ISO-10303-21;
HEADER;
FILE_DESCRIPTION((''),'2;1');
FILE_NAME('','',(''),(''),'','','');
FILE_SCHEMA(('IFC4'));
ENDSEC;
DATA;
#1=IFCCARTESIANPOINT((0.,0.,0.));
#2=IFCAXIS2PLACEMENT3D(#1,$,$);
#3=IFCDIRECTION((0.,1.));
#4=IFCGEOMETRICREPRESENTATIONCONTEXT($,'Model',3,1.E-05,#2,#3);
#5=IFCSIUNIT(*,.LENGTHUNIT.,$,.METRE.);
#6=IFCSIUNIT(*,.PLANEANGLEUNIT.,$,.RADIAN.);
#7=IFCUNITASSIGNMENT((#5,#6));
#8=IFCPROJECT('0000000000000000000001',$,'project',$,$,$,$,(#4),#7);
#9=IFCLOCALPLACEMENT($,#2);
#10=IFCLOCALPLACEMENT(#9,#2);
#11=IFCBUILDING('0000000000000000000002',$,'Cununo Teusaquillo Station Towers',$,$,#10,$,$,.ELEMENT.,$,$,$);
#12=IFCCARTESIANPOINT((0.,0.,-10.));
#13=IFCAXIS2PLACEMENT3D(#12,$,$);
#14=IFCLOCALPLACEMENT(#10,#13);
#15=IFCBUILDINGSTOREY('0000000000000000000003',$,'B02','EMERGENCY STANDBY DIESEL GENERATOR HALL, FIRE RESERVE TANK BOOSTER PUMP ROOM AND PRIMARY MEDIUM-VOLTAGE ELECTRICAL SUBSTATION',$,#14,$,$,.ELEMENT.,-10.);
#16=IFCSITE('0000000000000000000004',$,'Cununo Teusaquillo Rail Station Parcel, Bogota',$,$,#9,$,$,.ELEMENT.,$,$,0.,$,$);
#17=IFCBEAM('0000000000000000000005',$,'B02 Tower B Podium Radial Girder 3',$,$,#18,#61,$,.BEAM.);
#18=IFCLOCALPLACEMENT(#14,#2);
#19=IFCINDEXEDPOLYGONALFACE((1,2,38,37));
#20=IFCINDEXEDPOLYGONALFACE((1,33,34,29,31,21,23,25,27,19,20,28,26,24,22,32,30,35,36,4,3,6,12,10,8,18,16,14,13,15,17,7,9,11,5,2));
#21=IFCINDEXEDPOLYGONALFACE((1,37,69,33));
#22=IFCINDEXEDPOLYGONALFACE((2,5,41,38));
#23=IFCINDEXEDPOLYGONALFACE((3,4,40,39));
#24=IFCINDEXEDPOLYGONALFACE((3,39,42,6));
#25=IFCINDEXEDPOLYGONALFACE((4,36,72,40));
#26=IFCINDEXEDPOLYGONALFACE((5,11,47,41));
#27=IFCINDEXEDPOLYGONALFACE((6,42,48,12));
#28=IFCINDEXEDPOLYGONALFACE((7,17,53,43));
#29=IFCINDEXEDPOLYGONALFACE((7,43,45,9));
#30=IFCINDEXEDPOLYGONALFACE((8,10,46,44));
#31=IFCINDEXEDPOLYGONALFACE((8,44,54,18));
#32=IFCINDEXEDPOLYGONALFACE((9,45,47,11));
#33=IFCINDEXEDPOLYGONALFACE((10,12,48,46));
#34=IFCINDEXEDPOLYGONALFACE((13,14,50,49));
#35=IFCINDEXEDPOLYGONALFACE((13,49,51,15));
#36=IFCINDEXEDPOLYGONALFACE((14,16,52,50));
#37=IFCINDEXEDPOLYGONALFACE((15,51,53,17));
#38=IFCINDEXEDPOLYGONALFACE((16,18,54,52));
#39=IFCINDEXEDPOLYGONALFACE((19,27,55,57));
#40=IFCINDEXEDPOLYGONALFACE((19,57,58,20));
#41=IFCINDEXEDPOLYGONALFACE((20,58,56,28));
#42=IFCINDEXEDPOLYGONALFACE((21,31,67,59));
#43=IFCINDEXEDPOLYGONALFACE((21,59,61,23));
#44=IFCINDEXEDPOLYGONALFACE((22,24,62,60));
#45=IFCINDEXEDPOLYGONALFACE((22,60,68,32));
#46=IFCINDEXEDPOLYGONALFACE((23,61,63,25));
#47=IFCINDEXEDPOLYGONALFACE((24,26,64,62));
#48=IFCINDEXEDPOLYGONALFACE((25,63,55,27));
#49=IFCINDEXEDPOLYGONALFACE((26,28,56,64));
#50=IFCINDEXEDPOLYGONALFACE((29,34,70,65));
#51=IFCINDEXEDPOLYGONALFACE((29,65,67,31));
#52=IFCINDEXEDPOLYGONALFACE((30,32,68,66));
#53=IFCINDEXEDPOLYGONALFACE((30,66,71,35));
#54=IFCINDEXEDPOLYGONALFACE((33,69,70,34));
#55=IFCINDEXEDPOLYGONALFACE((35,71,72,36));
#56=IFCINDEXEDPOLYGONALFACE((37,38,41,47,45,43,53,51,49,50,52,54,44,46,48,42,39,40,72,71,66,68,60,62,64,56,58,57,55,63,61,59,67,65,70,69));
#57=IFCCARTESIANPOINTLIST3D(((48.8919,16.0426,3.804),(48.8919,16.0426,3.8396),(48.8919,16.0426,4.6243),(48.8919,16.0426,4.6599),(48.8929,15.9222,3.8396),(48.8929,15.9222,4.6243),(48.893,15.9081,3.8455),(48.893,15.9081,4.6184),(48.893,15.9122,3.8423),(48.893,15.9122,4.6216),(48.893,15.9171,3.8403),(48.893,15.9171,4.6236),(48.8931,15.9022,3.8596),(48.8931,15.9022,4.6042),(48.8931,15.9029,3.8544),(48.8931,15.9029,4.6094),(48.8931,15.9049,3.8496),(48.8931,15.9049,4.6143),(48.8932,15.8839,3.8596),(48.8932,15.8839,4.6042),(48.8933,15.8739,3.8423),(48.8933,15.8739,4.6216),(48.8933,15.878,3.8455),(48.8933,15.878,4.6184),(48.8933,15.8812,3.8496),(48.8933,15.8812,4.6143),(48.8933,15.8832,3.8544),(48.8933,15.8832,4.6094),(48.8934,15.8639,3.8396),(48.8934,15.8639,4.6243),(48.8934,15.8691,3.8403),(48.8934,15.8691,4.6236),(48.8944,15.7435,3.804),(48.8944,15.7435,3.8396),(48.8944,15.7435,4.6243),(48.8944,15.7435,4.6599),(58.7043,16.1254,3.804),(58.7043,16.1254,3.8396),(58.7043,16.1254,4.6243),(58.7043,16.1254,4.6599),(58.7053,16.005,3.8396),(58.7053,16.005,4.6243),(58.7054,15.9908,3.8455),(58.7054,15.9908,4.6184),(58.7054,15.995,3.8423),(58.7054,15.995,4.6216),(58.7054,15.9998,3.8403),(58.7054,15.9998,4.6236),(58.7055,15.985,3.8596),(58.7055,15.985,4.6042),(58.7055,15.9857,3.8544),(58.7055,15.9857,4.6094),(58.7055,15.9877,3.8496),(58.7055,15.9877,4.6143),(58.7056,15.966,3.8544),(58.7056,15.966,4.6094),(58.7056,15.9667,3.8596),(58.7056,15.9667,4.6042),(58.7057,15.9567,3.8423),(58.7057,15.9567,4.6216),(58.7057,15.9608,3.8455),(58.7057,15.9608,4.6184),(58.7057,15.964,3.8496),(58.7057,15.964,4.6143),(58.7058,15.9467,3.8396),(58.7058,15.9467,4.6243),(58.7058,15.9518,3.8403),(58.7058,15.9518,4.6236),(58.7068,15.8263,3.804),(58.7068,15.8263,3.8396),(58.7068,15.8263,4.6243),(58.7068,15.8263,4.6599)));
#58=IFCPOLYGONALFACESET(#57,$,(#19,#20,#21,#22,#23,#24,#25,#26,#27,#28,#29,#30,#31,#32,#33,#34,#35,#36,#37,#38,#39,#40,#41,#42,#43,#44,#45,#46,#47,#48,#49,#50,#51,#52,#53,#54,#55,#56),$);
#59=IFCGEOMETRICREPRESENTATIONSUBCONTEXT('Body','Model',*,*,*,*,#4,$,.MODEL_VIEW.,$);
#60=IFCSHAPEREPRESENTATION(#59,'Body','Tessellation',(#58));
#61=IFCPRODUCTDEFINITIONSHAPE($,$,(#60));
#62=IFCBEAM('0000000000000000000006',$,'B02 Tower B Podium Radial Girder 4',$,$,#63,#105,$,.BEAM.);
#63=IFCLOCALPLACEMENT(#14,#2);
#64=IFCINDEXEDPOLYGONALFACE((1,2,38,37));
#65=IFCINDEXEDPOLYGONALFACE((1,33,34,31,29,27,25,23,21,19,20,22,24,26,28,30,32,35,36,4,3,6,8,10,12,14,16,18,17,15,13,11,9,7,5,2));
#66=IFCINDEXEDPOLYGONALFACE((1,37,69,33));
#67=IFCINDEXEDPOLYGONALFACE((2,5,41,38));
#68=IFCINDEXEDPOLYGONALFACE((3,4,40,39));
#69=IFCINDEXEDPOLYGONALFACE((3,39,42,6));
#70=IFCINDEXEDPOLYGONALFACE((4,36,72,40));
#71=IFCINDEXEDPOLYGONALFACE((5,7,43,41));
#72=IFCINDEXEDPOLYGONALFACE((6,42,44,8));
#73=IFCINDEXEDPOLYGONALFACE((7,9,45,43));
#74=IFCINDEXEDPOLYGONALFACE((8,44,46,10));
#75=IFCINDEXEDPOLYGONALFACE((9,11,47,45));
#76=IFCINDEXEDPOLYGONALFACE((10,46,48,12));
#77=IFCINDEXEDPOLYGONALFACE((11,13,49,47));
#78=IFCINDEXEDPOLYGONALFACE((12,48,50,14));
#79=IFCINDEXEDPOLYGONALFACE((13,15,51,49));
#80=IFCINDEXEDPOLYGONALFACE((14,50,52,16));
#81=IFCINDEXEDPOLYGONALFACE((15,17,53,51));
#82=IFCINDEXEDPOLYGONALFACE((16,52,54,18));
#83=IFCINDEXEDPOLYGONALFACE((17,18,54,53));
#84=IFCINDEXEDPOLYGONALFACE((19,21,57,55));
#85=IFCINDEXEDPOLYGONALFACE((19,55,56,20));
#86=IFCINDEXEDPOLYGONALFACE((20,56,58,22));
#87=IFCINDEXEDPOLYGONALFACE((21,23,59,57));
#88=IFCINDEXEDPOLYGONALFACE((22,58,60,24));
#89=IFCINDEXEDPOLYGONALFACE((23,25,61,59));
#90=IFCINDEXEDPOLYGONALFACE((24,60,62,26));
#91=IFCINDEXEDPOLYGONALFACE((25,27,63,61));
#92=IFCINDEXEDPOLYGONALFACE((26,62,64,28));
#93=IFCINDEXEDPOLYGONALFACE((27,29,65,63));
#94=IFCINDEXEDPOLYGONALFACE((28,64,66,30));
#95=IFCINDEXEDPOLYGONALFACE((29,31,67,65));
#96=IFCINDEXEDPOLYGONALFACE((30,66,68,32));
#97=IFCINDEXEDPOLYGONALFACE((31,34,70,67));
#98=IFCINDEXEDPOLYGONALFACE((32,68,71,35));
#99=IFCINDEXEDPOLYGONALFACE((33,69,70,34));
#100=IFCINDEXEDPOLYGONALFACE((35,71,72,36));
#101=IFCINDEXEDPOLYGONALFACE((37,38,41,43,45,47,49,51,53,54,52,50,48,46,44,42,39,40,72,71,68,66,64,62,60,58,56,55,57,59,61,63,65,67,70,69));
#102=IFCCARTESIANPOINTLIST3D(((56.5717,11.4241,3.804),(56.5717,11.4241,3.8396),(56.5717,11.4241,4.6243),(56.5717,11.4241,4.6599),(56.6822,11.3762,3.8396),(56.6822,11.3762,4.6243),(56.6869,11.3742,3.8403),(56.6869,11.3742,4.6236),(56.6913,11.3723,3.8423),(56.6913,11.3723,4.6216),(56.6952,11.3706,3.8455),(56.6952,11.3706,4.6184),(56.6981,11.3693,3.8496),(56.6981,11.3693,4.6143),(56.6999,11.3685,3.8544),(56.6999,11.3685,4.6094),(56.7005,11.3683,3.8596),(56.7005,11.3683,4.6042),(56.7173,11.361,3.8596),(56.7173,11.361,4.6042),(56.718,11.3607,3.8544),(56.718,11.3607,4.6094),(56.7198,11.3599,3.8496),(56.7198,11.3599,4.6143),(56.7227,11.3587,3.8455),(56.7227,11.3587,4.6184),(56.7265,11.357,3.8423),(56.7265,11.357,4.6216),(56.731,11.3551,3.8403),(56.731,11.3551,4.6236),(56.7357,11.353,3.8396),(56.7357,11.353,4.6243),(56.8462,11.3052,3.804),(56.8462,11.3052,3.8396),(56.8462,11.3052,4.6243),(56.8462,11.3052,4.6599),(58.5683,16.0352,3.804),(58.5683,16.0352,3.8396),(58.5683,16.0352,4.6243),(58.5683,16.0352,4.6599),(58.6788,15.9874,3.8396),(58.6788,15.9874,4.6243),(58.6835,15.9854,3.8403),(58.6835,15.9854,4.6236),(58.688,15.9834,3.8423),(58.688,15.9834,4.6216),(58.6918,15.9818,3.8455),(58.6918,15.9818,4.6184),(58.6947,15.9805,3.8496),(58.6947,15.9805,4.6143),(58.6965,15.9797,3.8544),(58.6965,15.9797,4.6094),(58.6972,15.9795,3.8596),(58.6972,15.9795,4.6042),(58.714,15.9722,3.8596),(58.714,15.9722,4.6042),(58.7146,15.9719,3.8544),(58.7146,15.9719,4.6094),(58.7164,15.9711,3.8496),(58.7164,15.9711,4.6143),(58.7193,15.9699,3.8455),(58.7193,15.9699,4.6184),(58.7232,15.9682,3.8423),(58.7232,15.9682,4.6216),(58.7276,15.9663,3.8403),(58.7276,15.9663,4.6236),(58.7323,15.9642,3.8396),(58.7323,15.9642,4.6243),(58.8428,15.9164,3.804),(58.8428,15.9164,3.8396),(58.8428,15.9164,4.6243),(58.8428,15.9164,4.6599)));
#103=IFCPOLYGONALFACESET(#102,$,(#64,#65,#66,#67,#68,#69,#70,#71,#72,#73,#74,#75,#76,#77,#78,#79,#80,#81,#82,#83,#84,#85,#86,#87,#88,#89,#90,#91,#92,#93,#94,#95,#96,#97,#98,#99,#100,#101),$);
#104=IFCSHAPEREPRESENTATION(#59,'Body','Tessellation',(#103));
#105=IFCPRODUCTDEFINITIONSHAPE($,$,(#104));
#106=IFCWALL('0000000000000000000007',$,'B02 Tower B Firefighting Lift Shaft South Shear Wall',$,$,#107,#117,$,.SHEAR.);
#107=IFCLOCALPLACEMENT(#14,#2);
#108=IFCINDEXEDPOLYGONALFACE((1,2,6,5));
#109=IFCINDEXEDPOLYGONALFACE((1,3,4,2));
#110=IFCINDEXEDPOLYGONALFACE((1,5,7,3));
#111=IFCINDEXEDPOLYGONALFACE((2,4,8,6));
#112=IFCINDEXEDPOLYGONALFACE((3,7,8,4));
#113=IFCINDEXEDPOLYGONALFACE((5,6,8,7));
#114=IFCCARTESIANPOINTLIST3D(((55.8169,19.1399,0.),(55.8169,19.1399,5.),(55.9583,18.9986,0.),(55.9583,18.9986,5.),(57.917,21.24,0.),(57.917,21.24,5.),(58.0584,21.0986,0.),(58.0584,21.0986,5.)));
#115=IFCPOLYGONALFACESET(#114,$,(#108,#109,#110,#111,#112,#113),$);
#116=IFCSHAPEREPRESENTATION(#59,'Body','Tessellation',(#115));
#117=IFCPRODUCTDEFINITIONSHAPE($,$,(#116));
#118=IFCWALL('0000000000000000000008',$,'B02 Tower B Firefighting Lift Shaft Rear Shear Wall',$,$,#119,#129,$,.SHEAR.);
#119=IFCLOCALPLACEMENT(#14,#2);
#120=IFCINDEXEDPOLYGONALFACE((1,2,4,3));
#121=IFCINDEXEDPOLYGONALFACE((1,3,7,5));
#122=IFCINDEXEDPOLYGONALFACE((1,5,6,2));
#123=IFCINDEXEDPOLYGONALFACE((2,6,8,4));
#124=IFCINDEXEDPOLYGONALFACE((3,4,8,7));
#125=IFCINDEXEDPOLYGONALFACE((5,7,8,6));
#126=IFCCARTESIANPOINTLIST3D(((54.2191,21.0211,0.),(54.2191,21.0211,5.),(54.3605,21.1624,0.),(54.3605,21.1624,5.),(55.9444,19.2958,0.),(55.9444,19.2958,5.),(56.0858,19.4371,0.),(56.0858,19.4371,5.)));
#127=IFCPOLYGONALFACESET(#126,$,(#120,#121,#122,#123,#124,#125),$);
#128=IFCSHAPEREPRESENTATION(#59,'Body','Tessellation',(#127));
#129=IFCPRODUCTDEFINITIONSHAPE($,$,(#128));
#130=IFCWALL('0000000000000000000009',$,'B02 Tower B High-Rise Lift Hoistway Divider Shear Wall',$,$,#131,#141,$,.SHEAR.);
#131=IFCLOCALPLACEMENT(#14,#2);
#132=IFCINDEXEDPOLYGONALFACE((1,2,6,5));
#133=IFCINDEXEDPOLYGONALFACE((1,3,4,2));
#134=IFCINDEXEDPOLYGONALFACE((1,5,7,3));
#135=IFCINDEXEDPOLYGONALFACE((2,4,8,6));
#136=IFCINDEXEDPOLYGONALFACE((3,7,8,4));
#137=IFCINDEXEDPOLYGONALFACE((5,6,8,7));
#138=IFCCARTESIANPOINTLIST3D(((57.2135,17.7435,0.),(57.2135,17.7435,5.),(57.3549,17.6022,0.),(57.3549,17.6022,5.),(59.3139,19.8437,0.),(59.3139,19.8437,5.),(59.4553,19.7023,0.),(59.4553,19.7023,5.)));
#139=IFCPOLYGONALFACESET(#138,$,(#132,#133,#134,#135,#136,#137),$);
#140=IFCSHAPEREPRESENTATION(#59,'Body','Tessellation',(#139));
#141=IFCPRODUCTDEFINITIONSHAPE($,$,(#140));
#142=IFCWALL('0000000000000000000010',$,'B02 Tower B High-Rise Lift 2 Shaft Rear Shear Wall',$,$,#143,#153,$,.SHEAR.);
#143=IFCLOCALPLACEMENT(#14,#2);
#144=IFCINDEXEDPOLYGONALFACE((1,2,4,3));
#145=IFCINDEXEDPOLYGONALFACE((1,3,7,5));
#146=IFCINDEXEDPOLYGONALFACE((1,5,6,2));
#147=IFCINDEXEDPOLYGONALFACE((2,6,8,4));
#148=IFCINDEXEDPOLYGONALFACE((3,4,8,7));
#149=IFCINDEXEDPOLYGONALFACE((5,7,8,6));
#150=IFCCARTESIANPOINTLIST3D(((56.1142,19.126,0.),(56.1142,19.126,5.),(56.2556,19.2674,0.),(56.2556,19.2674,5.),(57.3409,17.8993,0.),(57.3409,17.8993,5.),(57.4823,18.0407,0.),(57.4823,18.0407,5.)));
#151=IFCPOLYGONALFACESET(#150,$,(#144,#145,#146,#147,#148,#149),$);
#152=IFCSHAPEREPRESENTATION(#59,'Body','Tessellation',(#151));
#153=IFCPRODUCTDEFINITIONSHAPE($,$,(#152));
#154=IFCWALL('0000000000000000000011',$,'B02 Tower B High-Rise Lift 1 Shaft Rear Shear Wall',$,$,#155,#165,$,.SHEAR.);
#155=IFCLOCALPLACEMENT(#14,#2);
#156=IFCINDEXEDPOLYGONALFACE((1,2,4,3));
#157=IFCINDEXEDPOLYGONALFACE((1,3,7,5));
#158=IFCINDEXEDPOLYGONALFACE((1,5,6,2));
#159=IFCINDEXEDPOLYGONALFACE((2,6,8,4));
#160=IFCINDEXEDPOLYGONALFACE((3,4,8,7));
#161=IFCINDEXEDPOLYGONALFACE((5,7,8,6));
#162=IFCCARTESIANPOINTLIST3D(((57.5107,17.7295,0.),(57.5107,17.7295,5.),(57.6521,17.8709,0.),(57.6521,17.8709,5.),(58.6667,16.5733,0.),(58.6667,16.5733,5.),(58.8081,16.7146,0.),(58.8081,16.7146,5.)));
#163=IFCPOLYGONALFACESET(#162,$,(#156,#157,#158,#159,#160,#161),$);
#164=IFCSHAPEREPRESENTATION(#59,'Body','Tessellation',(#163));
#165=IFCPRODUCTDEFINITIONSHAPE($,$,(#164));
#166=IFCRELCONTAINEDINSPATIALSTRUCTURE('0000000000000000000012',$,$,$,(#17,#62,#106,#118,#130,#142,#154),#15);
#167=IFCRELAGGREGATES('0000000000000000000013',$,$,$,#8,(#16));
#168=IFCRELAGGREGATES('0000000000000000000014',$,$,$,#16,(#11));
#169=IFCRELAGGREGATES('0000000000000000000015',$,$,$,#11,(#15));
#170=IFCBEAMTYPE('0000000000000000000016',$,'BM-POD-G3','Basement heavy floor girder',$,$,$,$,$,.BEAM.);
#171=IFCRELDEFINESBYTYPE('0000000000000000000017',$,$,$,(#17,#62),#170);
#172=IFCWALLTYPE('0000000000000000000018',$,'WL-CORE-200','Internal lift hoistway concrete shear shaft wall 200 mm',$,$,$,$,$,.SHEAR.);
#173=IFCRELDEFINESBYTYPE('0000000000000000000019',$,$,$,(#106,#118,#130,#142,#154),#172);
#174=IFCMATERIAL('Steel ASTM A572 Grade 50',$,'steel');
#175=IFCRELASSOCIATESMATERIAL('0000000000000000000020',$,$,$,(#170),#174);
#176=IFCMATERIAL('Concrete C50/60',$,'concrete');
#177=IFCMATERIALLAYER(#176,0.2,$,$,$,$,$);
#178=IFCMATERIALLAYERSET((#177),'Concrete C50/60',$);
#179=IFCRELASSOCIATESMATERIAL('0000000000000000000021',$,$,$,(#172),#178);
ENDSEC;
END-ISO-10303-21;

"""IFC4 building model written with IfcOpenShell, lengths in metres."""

from ifc_helpers import new_model, si_unit, direction, frame, frame_2d, origin, origin_2d, place, context, subcontext, project, spatial, rectangle, i_section, extrude, material, layer, layer_set, material_profile, profile_set, type_object, element, save


model = new_model("IFC4")

# Units and contexts
model_context = context("Model", 3, precision=1e-05, world=origin(), true_north=direction((0.0, 1.0)))
body_context = subcontext(model_context, "Body", "Model", "MODEL_VIEW")
ifc_project = project(units=[si_unit("LENGTHUNIT", "METRE"), si_unit("PLANEANGLEUNIT", "RADIAN")], contexts=[model_context])

# Site, building, storey
site_placement = place(None, origin())
site = spatial("IfcSite", under=ifc_project, at=site_placement, Name="Cununo Teusaquillo Rail Station Parcel, Bogota", CompositionType="ELEMENT", RefElevation=0.0)
building_placement = place(site_placement, origin())
building = spatial("IfcBuilding", under=site, at=building_placement, Name="Cununo Teusaquillo Station Towers", CompositionType="ELEMENT")
storey_placement = place(building_placement, frame((0.0, 0.0, -10.0)))
storey = spatial("IfcBuildingStorey", under=building, at=storey_placement, Name="B02", Description="EMERGENCY STANDBY DIESEL GENERATOR HALL, FIRE RESERVE TANK BOOSTER PUMP ROOM AND PRIMARY MEDIUM-VOLTAGE ELECTRICAL SUBSTATION", CompositionType="ELEMENT", Elevation=-10.0)

# Beams
ifc_material_1 = material(Name="Steel ASTM A572 Grade 50", Category="steel")
ifc_material_profile_1 = material_profile(ifc_material_1, i_section(OverallWidth=0.2991, OverallDepth=0.856, WebThickness=0.0183, FlangeThickness=0.0356, FilletRadius=0.02, at=origin_2d()), Name="W33X201")
ifc_profile_set_1 = profile_set([ifc_material_profile_1], Name="Steel ASTM A572 Grade 50")
beam_type_1 = type_object("IfcBeamType", Name="BM-POD-G3", Description="Basement heavy floor girder", PredefinedType="BEAM", material=ifc_profile_set_1)
beam_1_placement = place(storey_placement, frame((58.7056, 15.9758, 4.2319), z_axis=(-0.999964, -0.008434, 0.0), x_axis=(0.008434, -0.999964, 0.0)))
element("IfcBeam", 1, at=beam_1_placement, inside=storey, type_object=beam_type_1, Name="B02 Tower B Podium Radial Girder 3", PredefinedType="BEAM", context=body_context, shape_type="SweptSolid", body=[
    extrude(i_section(OverallWidth=0.2991, OverallDepth=0.856, WebThickness=0.0183, FlangeThickness=0.0356, FilletRadius=0.02, at=origin_2d()), origin(), (0.0, 0.0, 1.0), 9.8127),
])
beam_2_placement = place(storey_placement, frame((58.7056, 15.9758, 4.2319), z_axis=(-0.397347, -0.917668, 0.0), x_axis=(0.917668, -0.397347, 0.0)))
element("IfcBeam", 2, at=beam_2_placement, inside=storey, type_object=beam_type_1, Name="B02 Tower B Podium Radial Girder 4", PredefinedType="BEAM", context=body_context, shape_type="SweptSolid", body=[
    extrude(i_section(OverallWidth=0.2991, OverallDepth=0.856, WebThickness=0.0183, FlangeThickness=0.0356, FilletRadius=0.02, at=origin_2d()), origin(), (0.0, 0.0, 1.0), 5.0249),
])

# Walls
ifc_material_2 = material(Name="Concrete C50/60", Category="concrete")
ifc_layer_1 = layer(ifc_material_2, 0.2)
ifc_layer_set_1 = layer_set([ifc_layer_1], Name="Concrete C50/60")
wall_type_1 = type_object("IfcWallType", Name="WL-CORE-200", Description="Internal lift hoistway concrete shear shaft wall 200 mm", PredefinedType="SHEAR", material=ifc_layer_set_1)
wall_1_placement = place(storey_placement, frame((55.8877, 19.0693, 0.0), z_axis=(0.0, 0.0, 1.0), x_axis=(0.707107, 0.707107, 0.0)))
element("IfcWall", 3, at=wall_1_placement, inside=storey, type_object=wall_type_1, Name="B02 Tower B Firefighting Lift Shaft South Shear Wall", PredefinedType="SHEAR", context=body_context, shape_type="SweptSolid", body=[
    extrude(rectangle(XDim=2.97, YDim=0.2, at=frame_2d((1.4849, 0.0))), origin(), (0.0, 0.0, 1.0), 5.0),
])
wall_2_placement = place(storey_placement, frame((56.0151, 19.3665, 0.0), z_axis=(0.0, 0.0, 1.0), x_axis=(-0.707107, 0.707107, 0.0)))
element("IfcWall", 4, at=wall_2_placement, inside=storey, type_object=wall_type_1, Name="B02 Tower B Firefighting Lift Shaft Rear Shear Wall", PredefinedType="SHEAR", context=body_context, shape_type="SweptSolid", body=[
    extrude(rectangle(XDim=2.4399, YDim=0.2, at=frame_2d((1.22, 0.0))), origin(), (0.0, 0.0, 1.0), 5.0),
])
wall_3_placement = place(storey_placement, frame((57.2842, 17.6729, 0.0), z_axis=(0.0, 0.0, 1.0), x_axis=(0.707148, 0.707066, 0.0)))
element("IfcWall", 5, at=wall_3_placement, inside=storey, type_object=wall_type_1, Name="B02 Tower B High-Rise Lift Hoistway Divider Shear Wall", PredefinedType="SHEAR", context=body_context, shape_type="SweptSolid", body=[
    extrude(rectangle(XDim=2.9702, YDim=0.2, at=frame_2d((1.4851, 0.0))), origin(), (0.0, 0.0, 1.0), 5.0),
])
wall_4_placement = place(storey_placement, frame((57.4116, 17.97, 0.0), z_axis=(0.0, 0.0, 1.0), x_axis=(-0.707107, 0.707107, 0.0)))
element("IfcWall", 6, at=wall_4_placement, inside=storey, type_object=wall_type_1, Name="B02 Tower B High-Rise Lift 2 Shaft Rear Shear Wall", PredefinedType="SHEAR", context=body_context, shape_type="SweptSolid", body=[
    extrude(rectangle(XDim=1.7349, YDim=0.2, at=frame_2d((0.8674, 0.0))), origin(), (0.0, 0.0, 1.0), 5.0),
])
wall_5_placement = place(storey_placement, frame((58.7373, 16.644, 0.0), z_axis=(0.0, 0.0, 1.0), x_axis=(-0.707032, 0.707181, 0.0)))
element("IfcWall", 7, at=wall_5_placement, inside=storey, type_object=wall_type_1, Name="B02 Tower B High-Rise Lift 1 Shaft Rear Shear Wall", PredefinedType="SHEAR", context=body_context, shape_type="SweptSolid", body=[
    extrude(rectangle(XDim=1.635, YDim=0.2, at=frame_2d((0.8174, 0.0))), origin(), (0.0, 0.0, 1.0), 5.0),
])

save(model, "model.ifc")
